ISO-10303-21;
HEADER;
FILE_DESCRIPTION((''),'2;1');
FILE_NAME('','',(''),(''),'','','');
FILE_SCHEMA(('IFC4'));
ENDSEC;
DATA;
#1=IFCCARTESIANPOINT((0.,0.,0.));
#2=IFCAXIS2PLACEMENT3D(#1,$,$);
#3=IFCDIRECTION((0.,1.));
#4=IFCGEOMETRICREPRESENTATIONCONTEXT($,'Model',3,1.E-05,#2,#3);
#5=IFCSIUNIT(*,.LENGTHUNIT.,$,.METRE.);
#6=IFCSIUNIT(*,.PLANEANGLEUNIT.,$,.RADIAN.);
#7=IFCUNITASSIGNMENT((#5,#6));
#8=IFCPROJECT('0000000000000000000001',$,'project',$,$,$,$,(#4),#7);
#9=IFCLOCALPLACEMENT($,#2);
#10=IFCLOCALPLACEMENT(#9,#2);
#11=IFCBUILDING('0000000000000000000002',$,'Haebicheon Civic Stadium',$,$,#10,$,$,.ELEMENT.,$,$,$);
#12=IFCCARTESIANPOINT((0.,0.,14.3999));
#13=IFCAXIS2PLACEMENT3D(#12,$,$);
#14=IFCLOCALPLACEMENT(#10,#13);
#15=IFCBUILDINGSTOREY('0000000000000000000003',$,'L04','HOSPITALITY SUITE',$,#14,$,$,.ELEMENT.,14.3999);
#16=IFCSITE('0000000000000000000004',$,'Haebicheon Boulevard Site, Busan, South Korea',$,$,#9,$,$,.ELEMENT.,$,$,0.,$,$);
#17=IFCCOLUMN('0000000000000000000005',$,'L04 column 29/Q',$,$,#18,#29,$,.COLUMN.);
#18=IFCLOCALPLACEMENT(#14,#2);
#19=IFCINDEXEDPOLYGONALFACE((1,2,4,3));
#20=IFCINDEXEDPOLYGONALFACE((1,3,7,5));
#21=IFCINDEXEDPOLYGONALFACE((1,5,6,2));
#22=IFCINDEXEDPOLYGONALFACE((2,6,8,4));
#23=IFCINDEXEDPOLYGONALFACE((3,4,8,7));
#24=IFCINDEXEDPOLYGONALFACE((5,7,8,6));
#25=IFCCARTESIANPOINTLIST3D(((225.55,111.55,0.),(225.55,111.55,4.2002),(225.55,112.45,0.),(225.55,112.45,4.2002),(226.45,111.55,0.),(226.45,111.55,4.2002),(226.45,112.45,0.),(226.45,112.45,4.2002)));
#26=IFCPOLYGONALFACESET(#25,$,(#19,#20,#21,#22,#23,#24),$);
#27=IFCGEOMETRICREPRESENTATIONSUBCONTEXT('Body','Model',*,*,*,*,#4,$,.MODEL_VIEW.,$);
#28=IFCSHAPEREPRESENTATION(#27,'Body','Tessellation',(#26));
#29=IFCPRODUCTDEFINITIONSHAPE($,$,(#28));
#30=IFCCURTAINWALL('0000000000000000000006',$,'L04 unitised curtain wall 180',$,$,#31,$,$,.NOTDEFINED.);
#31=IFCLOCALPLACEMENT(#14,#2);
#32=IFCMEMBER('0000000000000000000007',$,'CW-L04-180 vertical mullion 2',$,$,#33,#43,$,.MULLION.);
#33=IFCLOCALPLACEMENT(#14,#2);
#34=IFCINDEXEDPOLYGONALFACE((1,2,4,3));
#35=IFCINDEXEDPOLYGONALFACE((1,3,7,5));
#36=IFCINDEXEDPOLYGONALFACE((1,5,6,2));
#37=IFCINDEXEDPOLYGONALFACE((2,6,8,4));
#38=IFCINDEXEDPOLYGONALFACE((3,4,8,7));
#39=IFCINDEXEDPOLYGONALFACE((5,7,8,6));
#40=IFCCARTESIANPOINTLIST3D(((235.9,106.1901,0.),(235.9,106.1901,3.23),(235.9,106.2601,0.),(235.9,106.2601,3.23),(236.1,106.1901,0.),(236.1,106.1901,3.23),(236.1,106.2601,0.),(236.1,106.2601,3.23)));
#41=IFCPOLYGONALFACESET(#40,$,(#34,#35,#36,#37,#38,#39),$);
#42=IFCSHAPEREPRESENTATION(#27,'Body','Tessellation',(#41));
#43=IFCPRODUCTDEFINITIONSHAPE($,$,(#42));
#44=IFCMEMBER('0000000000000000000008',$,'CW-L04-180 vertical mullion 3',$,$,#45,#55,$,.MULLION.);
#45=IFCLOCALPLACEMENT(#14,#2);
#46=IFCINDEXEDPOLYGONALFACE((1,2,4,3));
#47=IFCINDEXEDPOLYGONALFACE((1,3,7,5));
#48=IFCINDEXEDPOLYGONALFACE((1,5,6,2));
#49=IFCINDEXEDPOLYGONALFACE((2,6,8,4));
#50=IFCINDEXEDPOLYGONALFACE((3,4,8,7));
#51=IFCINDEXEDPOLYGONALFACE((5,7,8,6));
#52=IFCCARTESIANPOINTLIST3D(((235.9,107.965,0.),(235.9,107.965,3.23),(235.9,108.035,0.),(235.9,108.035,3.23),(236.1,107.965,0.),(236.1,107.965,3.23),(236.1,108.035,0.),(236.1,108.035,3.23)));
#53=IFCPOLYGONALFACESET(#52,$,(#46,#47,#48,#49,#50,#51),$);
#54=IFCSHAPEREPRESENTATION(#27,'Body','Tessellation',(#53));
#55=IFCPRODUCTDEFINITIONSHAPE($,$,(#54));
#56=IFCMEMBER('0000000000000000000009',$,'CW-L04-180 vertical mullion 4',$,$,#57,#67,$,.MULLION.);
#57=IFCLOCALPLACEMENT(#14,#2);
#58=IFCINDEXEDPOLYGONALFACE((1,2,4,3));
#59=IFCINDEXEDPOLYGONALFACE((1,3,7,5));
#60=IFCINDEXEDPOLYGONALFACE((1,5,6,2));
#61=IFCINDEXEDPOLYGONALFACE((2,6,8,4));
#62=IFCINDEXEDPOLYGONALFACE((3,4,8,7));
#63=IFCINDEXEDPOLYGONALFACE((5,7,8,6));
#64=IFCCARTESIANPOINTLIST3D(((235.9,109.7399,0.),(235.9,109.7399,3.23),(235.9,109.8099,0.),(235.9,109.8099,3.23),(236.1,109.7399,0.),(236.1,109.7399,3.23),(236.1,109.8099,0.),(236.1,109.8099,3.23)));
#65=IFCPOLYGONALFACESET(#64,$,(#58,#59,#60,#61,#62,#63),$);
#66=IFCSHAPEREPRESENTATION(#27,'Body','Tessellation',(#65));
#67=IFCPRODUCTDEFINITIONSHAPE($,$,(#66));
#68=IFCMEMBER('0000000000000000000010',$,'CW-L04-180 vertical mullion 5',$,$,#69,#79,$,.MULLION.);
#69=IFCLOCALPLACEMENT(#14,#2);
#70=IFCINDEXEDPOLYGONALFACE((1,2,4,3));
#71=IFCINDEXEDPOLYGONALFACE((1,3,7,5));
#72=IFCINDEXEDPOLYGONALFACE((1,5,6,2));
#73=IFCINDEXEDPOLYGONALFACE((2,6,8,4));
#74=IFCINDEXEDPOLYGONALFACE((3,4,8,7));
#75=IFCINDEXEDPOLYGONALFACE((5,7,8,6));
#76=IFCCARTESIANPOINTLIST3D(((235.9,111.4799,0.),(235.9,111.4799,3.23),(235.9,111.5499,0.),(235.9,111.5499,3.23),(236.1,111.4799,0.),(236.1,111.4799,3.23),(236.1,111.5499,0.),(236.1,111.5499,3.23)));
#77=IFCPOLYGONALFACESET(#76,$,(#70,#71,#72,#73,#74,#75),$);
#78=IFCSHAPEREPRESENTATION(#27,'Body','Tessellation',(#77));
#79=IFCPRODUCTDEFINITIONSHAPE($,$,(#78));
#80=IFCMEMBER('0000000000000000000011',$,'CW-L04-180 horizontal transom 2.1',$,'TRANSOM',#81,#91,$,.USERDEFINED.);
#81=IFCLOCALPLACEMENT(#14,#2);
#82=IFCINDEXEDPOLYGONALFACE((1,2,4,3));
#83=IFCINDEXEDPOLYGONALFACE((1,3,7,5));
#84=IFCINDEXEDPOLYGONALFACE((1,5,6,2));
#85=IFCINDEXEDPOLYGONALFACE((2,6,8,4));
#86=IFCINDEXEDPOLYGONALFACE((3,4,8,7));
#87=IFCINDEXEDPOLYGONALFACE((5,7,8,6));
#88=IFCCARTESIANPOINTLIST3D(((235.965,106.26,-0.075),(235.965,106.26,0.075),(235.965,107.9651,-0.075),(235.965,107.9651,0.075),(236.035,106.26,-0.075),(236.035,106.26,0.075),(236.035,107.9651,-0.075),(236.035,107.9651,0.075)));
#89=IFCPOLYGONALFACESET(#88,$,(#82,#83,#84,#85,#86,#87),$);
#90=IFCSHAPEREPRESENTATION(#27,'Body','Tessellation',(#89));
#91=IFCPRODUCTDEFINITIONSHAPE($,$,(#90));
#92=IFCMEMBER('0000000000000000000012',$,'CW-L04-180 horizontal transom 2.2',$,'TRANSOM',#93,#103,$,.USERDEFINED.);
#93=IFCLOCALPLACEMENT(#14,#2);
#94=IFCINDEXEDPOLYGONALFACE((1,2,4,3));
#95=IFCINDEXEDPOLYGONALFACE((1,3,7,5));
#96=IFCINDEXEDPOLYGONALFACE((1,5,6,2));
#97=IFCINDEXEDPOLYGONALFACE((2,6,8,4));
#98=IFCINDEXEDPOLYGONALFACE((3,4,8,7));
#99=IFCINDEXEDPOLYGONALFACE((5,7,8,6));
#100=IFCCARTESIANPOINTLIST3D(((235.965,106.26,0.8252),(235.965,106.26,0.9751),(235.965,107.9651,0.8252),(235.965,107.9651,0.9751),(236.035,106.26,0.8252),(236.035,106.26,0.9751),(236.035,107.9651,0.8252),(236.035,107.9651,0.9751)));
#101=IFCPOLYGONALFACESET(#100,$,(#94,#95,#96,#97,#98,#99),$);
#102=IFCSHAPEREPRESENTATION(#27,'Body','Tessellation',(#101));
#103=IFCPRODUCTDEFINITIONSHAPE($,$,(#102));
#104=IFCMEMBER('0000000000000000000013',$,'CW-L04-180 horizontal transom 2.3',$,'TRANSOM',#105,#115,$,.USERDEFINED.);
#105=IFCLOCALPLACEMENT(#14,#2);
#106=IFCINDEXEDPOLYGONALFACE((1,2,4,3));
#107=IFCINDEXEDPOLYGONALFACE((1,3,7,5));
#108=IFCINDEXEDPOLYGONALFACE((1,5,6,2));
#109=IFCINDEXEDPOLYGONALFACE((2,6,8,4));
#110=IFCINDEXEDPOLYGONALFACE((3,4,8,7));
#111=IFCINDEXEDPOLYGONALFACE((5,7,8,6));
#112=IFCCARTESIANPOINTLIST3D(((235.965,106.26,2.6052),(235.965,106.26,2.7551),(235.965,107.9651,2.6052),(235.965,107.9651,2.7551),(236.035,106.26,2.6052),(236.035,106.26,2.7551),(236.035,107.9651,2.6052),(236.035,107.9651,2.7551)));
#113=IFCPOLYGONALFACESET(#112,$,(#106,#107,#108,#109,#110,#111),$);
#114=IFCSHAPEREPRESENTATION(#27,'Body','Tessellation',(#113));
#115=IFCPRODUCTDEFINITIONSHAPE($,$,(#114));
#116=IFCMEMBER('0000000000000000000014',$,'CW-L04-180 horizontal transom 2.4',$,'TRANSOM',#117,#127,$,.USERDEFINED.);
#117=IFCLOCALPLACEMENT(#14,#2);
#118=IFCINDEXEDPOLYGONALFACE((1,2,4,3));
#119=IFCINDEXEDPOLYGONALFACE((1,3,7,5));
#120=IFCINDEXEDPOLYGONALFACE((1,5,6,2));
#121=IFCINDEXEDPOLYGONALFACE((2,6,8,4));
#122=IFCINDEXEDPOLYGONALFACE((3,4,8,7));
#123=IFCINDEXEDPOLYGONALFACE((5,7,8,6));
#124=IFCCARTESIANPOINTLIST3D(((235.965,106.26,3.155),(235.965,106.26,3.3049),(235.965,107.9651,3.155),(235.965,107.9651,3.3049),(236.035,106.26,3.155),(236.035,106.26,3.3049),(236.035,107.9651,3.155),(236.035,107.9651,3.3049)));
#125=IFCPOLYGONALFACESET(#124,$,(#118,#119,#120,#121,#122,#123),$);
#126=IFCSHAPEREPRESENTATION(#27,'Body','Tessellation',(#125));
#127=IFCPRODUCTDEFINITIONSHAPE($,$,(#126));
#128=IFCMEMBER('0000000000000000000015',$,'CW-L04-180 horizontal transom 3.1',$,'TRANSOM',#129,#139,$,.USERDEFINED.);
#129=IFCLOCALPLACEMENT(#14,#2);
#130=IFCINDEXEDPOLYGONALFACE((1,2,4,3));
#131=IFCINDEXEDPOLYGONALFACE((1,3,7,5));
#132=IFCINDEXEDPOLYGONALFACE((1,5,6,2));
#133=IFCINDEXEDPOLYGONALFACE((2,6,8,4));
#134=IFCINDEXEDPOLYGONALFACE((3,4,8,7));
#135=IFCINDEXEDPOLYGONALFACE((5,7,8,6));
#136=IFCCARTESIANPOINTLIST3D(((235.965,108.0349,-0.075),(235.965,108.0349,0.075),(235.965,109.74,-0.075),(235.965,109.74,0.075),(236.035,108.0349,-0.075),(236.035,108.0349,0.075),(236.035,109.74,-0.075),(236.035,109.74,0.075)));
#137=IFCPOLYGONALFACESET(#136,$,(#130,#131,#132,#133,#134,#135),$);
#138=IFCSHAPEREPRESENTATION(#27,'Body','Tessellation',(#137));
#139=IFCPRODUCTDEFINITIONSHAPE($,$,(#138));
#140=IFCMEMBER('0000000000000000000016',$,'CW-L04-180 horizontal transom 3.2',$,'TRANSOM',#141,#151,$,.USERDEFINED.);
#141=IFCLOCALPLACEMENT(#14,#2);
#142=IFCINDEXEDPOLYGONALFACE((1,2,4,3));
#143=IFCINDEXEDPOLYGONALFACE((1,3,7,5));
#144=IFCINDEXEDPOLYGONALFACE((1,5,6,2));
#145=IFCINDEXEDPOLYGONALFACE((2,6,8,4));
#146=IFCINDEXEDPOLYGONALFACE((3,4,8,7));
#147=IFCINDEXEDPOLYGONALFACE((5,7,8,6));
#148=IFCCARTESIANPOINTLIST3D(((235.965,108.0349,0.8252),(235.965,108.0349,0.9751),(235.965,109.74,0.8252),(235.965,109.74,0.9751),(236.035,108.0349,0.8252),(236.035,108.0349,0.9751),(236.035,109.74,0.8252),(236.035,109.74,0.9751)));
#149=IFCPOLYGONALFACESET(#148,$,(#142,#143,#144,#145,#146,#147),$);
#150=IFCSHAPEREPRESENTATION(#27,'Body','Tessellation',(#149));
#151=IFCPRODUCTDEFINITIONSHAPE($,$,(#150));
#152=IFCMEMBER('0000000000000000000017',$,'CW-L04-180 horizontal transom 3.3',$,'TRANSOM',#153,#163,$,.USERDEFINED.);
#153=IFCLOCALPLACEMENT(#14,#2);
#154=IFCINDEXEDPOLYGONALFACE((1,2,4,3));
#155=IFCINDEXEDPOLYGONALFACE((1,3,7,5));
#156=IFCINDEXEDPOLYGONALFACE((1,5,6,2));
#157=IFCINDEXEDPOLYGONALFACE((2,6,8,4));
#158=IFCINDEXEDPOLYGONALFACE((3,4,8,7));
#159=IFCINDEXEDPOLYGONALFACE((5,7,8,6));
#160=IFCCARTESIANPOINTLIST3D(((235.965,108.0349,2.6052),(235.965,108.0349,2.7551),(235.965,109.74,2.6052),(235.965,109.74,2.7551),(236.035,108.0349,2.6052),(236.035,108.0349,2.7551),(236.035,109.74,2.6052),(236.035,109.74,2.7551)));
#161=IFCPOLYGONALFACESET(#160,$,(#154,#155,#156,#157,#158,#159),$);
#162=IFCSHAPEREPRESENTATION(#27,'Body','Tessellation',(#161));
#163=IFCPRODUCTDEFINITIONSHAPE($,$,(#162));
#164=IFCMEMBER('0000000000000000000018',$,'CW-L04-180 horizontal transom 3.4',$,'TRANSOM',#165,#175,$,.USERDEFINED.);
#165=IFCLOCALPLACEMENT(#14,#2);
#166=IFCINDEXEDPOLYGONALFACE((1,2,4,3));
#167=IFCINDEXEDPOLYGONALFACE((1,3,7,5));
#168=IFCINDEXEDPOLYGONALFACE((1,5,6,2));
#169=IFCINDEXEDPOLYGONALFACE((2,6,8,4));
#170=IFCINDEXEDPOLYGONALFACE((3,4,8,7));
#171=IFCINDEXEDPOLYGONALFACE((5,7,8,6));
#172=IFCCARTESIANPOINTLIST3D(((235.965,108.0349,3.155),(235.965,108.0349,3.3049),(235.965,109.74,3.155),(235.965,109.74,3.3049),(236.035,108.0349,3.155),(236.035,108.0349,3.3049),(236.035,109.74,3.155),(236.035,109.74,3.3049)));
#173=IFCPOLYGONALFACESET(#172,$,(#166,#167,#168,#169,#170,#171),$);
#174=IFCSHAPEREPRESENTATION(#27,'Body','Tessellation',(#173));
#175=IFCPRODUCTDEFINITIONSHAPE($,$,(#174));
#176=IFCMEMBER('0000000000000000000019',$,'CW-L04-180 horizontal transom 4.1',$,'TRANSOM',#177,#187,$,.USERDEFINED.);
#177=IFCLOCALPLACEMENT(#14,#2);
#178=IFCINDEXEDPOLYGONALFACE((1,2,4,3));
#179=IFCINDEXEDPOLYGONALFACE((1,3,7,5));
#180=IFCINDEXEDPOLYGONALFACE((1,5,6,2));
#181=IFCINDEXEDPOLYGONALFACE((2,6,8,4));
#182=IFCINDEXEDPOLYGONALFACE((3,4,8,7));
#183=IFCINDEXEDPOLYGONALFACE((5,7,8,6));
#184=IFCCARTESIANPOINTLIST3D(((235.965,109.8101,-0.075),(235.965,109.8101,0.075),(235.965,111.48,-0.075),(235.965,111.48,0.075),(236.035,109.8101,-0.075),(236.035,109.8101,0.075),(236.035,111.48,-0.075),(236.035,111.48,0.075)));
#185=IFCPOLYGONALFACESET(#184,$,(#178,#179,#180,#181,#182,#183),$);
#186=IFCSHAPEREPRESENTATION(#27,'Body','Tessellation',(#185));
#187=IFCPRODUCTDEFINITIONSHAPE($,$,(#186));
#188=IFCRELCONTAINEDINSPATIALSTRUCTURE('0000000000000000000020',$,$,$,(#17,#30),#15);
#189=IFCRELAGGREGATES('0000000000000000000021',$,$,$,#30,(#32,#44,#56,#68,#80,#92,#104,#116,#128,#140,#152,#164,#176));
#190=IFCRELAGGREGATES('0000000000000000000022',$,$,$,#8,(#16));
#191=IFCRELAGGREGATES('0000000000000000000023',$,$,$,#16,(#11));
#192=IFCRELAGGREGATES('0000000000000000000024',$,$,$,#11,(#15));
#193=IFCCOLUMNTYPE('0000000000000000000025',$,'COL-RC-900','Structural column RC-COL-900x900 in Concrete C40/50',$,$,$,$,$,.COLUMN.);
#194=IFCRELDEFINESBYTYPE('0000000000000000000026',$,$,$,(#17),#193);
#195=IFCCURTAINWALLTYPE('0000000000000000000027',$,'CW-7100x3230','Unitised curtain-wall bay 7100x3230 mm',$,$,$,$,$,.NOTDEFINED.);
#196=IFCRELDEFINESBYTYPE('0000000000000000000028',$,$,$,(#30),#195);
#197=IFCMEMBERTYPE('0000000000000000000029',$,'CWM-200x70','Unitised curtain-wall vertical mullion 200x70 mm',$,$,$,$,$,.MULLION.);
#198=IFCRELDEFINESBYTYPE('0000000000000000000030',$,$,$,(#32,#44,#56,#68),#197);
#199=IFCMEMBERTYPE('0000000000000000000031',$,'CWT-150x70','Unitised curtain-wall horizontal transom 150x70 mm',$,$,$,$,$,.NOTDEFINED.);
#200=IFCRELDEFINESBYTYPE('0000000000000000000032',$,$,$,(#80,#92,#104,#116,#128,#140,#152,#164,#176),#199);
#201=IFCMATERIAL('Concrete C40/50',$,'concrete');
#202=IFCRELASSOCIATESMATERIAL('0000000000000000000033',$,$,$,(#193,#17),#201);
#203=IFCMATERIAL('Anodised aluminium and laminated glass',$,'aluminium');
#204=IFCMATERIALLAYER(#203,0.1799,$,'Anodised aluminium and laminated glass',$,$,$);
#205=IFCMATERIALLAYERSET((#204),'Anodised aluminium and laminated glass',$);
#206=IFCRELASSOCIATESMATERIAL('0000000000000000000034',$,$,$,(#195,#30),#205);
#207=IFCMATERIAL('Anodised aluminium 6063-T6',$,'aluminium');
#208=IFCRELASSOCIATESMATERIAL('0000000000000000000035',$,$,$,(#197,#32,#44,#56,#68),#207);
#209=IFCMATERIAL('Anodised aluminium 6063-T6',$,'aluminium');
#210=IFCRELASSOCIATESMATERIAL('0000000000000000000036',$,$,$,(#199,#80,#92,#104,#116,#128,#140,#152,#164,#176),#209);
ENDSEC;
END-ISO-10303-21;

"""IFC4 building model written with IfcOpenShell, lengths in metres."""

from ifc_helpers import new_model, si_unit, direction, frame, origin, origin_2d, place, context, subcontext, project, spatial, rectangle, extrude, material, layer, layer_set, material_profile, profile_set, type_object, element, aggregate, save


model = new_model("IFC4")

# Units and contexts
model_context = context("Model", 3, precision=1e-05, world=origin(), true_north=direction((0.0, 1.0)))
body_context = subcontext(model_context, "Body", "Model", "MODEL_VIEW")
ifc_project = project(units=[si_unit("LENGTHUNIT", "METRE"), si_unit("PLANEANGLEUNIT", "RADIAN")], contexts=[model_context])

# Site, building, storey
site_placement = place(None, origin())
site = spatial("IfcSite", under=ifc_project, at=site_placement, Name="Haebicheon Boulevard Site, Busan, South Korea", CompositionType="ELEMENT", RefElevation=0.0)
building_placement = place(site_placement, origin())
building = spatial("IfcBuilding", under=site, at=building_placement, Name="Haebicheon Civic Stadium", CompositionType="ELEMENT")
storey_placement = place(building_placement, frame((0.0, 0.0, 14.3999)))
storey = spatial("IfcBuildingStorey", under=building, at=storey_placement, Name="L04", Description="HOSPITALITY SUITE", CompositionType="ELEMENT", Elevation=14.3999)

# Column
ifc_material_1 = material(Name="Concrete C40/50", Category="concrete")
ifc_material_profile_1 = material_profile(ifc_material_1, rectangle(XDim=0.8999, YDim=0.8999, at=origin_2d()), Name="RC-COL-900x900")
ifc_profile_set_1 = profile_set([ifc_material_profile_1], Name="Concrete C40/50")
column_type = type_object("IfcColumnType", Name="COL-RC-900", Description="Structural column RC-COL-900x900 in Concrete C40/50", PredefinedType="COLUMN", material=ifc_profile_set_1)
column_placement = place(storey_placement, frame((226.0, 112.0, 0.0), z_axis=(0.0, 0.0, 1.0), x_axis=(1.0, 0.0, 0.0)))
element("IfcColumn", 1, at=column_placement, inside=storey, type_object=column_type, material=ifc_profile_set_1, Name="L04 column 29/Q", PredefinedType="COLUMN", context=body_context, shape_type="SweptSolid", body=[
    extrude(rectangle(XDim=0.8999, YDim=0.8999, at=origin_2d()), origin(), (0.0, 0.0, 1.0), 4.2002),
])

# Curtain wall, members
ifc_material_2 = material(Name="Anodised aluminium and laminated glass", Category="aluminium")
ifc_layer_1 = layer(ifc_material_2, 0.1799, Name="Anodised aluminium and laminated glass")
ifc_layer_set_1 = layer_set([ifc_layer_1], Name="Anodised aluminium and laminated glass")
curtain_wall_type = type_object("IfcCurtainWallType", Name="CW-7100x3230", Description="Unitised curtain-wall bay 7100x3230 mm", PredefinedType="NOTDEFINED", material=ifc_layer_set_1)
curtain_wall_placement = place(storey_placement, origin())
curtain_wall = element("IfcCurtainWall", 2, at=curtain_wall_placement, inside=storey, type_object=curtain_wall_type, material=ifc_layer_set_1, Name="L04 unitised curtain wall 180", PredefinedType="NOTDEFINED")
ifc_material_3 = material(Name="Anodised aluminium 6063-T6", Category="aluminium")
ifc_material_profile_2 = material_profile(ifc_material_3, rectangle(XDim=0.0701, YDim=0.2, at=origin_2d()), Name="ALU-MULL-70x200")
ifc_profile_set_2 = profile_set([ifc_material_profile_2], Name="Anodised aluminium 6063-T6")
member_type_1 = type_object("IfcMemberType", Name="CWM-200x70", Description="Unitised curtain-wall vertical mullion 200x70 mm", PredefinedType="MULLION", material=ifc_profile_set_2)
member_1_placement = place(storey_placement, frame((236.0, 106.2251, 0.0), z_axis=(0.0, 0.0, 1.0), x_axis=(0.0, 1.0, 0.0)))
member_1 = element("IfcMember", 3, at=member_1_placement, type_object=member_type_1, material=ifc_profile_set_2, Name="CW-L04-180 vertical mullion 2", PredefinedType="MULLION", context=body_context, shape_type="SweptSolid", body=[
    extrude(rectangle(XDim=0.0701, YDim=0.2, at=origin_2d()), origin(), (0.0, 0.0, 1.0), 3.23),
])
member_2_placement = place(storey_placement, frame((236.0, 108.0, 0.0), z_axis=(0.0, 0.0, 1.0), x_axis=(0.0, 1.0, 0.0)))
member_2 = element("IfcMember", 4, at=member_2_placement, type_object=member_type_1, material=ifc_profile_set_2, Name="CW-L04-180 vertical mullion 3", PredefinedType="MULLION", context=body_context, shape_type="SweptSolid", body=[
    extrude(rectangle(XDim=0.0701, YDim=0.2, at=origin_2d()), origin(), (0.0, 0.0, 1.0), 3.23),
])
member_3_placement = place(storey_placement, frame((236.0, 109.7749, 0.0), z_axis=(0.0, 0.0, 1.0), x_axis=(0.0, 1.0, 0.0)))
member_3 = element("IfcMember", 5, at=member_3_placement, type_object=member_type_1, material=ifc_profile_set_2, Name="CW-L04-180 vertical mullion 4", PredefinedType="MULLION", context=body_context, shape_type="SweptSolid", body=[
    extrude(rectangle(XDim=0.0701, YDim=0.2, at=origin_2d()), origin(), (0.0, 0.0, 1.0), 3.23),
])
member_4_placement = place(storey_placement, frame((236.0, 111.5149, 0.0), z_axis=(0.0, 0.0, 1.0), x_axis=(0.0, 1.0, 0.0)))
member_4 = element("IfcMember", 6, at=member_4_placement, type_object=member_type_1, material=ifc_profile_set_2, Name="CW-L04-180 vertical mullion 5", PredefinedType="MULLION", context=body_context, shape_type="SweptSolid", body=[
    extrude(rectangle(XDim=0.0701, YDim=0.2, at=origin_2d()), origin(), (0.0, 0.0, 1.0), 3.23),
])
ifc_material_4 = material(Name="Anodised aluminium 6063-T6", Category="aluminium")
ifc_material_profile_3 = material_profile(ifc_material_4, rectangle(XDim=0.0701, YDim=0.1499, at=origin_2d()), Name="ALU-TRAN-70x150")
ifc_profile_set_3 = profile_set([ifc_material_profile_3], Name="Anodised aluminium 6063-T6")
member_type_2 = type_object("IfcMemberType", Name="CWT-150x70", Description="Unitised curtain-wall horizontal transom 150x70 mm", PredefinedType="NOTDEFINED", material=ifc_profile_set_3)
member_5_placement = place(storey_placement, frame((236.0, 106.26, 0.0), z_axis=(0.0, 1.0, 0.0), x_axis=(-1.0, 0.0, 0.0)))
member_5 = element("IfcMember", 7, at=member_5_placement, type_object=member_type_2, material=ifc_profile_set_3, Name="CW-L04-180 horizontal transom 2.1", ObjectType="TRANSOM", PredefinedType="USERDEFINED", context=body_context, shape_type="SweptSolid", body=[
    extrude(rectangle(XDim=0.0701, YDim=0.1499, at=origin_2d()), origin(), (0.0, 0.0, 1.0), 1.7051),
])
member_6_placement = place(storey_placement, frame((236.0, 106.26, 0.9001), z_axis=(0.0, 1.0, 0.0), x_axis=(-1.0, 0.0, 0.0)))
member_6 = element("IfcMember", 8, at=member_6_placement, type_object=member_type_2, material=ifc_profile_set_3, Name="CW-L04-180 horizontal transom 2.2", ObjectType="TRANSOM", PredefinedType="USERDEFINED", context=body_context, shape_type="SweptSolid", body=[
    extrude(rectangle(XDim=0.0701, YDim=0.1499, at=origin_2d()), origin(), (0.0, 0.0, 1.0), 1.7051),
])
member_7_placement = place(storey_placement, frame((236.0, 106.26, 2.6802), z_axis=(0.0, 1.0, 0.0), x_axis=(-1.0, 0.0, 0.0)))
member_7 = element("IfcMember", 9, at=member_7_placement, type_object=member_type_2, material=ifc_profile_set_3, Name="CW-L04-180 horizontal transom 2.3", ObjectType="TRANSOM", PredefinedType="USERDEFINED", context=body_context, shape_type="SweptSolid", body=[
    extrude(rectangle(XDim=0.0701, YDim=0.1499, at=origin_2d()), origin(), (0.0, 0.0, 1.0), 1.7051),
])
member_8_placement = place(storey_placement, frame((236.0, 106.26, 3.23), z_axis=(0.0, 1.0, 0.0), x_axis=(-1.0, 0.0, 0.0)))
member_8 = element("IfcMember", 10, at=member_8_placement, type_object=member_type_2, material=ifc_profile_set_3, Name="CW-L04-180 horizontal transom 2.4", ObjectType="TRANSOM", PredefinedType="USERDEFINED", context=body_context, shape_type="SweptSolid", body=[
    extrude(rectangle(XDim=0.0701, YDim=0.1499, at=origin_2d()), origin(), (0.0, 0.0, 1.0), 1.7051),
])
member_9_placement = place(storey_placement, frame((236.0, 108.0349, 0.0), z_axis=(0.0, 1.0, 0.0), x_axis=(-1.0, 0.0, 0.0)))
member_9 = element("IfcMember", 11, at=member_9_placement, type_object=member_type_2, material=ifc_profile_set_3, Name="CW-L04-180 horizontal transom 3.1", ObjectType="TRANSOM", PredefinedType="USERDEFINED", context=body_context, shape_type="SweptSolid", body=[
    extrude(rectangle(XDim=0.0701, YDim=0.1499, at=origin_2d()), origin(), (0.0, 0.0, 1.0), 1.7051),
])
member_10_placement = place(storey_placement, frame((236.0, 108.0349, 0.9001), z_axis=(0.0, 1.0, 0.0), x_axis=(-1.0, 0.0, 0.0)))
member_10 = element("IfcMember", 12, at=member_10_placement, type_object=member_type_2, material=ifc_profile_set_3, Name="CW-L04-180 horizontal transom 3.2", ObjectType="TRANSOM", PredefinedType="USERDEFINED", context=body_context, shape_type="SweptSolid", body=[
    extrude(rectangle(XDim=0.0701, YDim=0.1499, at=origin_2d()), origin(), (0.0, 0.0, 1.0), 1.7051),
])
member_11_placement = place(storey_placement, frame((236.0, 108.0349, 2.6802), z_axis=(0.0, 1.0, 0.0), x_axis=(-1.0, 0.0, 0.0)))
member_11 = element("IfcMember", 13, at=member_11_placement, type_object=member_type_2, material=ifc_profile_set_3, Name="CW-L04-180 horizontal transom 3.3", ObjectType="TRANSOM", PredefinedType="USERDEFINED", context=body_context, shape_type="SweptSolid", body=[
    extrude(rectangle(XDim=0.0701, YDim=0.1499, at=origin_2d()), origin(), (0.0, 0.0, 1.0), 1.7051),
])
member_12_placement = place(storey_placement, frame((236.0, 108.0349, 3.23), z_axis=(0.0, 1.0, 0.0), x_axis=(-1.0, 0.0, 0.0)))
member_12 = element("IfcMember", 14, at=member_12_placement, type_object=member_type_2, material=ifc_profile_set_3, Name="CW-L04-180 horizontal transom 3.4", ObjectType="TRANSOM", PredefinedType="USERDEFINED", context=body_context, shape_type="SweptSolid", body=[
    extrude(rectangle(XDim=0.0701, YDim=0.1499, at=origin_2d()), origin(), (0.0, 0.0, 1.0), 1.7051),
])
member_13_placement = place(storey_placement, frame((236.0, 109.8101, 0.0), z_axis=(0.0, 1.0, 0.0), x_axis=(-1.0, 0.0, 0.0)))
member_13 = element("IfcMember", 15, at=member_13_placement, type_object=member_type_2, material=ifc_profile_set_3, Name="CW-L04-180 horizontal transom 4.1", ObjectType="TRANSOM", PredefinedType="USERDEFINED", context=body_context, shape_type="SweptSolid", body=[
    extrude(rectangle(XDim=0.0701, YDim=0.1499, at=origin_2d()), origin(), (0.0, 0.0, 1.0), 1.6699),
])

aggregate(curtain_wall, [member_1, member_2, member_3, member_4, member_5, member_6, member_7, member_8, member_9, member_10, member_11, member_12, member_13])

save(model, "model.ifc")
